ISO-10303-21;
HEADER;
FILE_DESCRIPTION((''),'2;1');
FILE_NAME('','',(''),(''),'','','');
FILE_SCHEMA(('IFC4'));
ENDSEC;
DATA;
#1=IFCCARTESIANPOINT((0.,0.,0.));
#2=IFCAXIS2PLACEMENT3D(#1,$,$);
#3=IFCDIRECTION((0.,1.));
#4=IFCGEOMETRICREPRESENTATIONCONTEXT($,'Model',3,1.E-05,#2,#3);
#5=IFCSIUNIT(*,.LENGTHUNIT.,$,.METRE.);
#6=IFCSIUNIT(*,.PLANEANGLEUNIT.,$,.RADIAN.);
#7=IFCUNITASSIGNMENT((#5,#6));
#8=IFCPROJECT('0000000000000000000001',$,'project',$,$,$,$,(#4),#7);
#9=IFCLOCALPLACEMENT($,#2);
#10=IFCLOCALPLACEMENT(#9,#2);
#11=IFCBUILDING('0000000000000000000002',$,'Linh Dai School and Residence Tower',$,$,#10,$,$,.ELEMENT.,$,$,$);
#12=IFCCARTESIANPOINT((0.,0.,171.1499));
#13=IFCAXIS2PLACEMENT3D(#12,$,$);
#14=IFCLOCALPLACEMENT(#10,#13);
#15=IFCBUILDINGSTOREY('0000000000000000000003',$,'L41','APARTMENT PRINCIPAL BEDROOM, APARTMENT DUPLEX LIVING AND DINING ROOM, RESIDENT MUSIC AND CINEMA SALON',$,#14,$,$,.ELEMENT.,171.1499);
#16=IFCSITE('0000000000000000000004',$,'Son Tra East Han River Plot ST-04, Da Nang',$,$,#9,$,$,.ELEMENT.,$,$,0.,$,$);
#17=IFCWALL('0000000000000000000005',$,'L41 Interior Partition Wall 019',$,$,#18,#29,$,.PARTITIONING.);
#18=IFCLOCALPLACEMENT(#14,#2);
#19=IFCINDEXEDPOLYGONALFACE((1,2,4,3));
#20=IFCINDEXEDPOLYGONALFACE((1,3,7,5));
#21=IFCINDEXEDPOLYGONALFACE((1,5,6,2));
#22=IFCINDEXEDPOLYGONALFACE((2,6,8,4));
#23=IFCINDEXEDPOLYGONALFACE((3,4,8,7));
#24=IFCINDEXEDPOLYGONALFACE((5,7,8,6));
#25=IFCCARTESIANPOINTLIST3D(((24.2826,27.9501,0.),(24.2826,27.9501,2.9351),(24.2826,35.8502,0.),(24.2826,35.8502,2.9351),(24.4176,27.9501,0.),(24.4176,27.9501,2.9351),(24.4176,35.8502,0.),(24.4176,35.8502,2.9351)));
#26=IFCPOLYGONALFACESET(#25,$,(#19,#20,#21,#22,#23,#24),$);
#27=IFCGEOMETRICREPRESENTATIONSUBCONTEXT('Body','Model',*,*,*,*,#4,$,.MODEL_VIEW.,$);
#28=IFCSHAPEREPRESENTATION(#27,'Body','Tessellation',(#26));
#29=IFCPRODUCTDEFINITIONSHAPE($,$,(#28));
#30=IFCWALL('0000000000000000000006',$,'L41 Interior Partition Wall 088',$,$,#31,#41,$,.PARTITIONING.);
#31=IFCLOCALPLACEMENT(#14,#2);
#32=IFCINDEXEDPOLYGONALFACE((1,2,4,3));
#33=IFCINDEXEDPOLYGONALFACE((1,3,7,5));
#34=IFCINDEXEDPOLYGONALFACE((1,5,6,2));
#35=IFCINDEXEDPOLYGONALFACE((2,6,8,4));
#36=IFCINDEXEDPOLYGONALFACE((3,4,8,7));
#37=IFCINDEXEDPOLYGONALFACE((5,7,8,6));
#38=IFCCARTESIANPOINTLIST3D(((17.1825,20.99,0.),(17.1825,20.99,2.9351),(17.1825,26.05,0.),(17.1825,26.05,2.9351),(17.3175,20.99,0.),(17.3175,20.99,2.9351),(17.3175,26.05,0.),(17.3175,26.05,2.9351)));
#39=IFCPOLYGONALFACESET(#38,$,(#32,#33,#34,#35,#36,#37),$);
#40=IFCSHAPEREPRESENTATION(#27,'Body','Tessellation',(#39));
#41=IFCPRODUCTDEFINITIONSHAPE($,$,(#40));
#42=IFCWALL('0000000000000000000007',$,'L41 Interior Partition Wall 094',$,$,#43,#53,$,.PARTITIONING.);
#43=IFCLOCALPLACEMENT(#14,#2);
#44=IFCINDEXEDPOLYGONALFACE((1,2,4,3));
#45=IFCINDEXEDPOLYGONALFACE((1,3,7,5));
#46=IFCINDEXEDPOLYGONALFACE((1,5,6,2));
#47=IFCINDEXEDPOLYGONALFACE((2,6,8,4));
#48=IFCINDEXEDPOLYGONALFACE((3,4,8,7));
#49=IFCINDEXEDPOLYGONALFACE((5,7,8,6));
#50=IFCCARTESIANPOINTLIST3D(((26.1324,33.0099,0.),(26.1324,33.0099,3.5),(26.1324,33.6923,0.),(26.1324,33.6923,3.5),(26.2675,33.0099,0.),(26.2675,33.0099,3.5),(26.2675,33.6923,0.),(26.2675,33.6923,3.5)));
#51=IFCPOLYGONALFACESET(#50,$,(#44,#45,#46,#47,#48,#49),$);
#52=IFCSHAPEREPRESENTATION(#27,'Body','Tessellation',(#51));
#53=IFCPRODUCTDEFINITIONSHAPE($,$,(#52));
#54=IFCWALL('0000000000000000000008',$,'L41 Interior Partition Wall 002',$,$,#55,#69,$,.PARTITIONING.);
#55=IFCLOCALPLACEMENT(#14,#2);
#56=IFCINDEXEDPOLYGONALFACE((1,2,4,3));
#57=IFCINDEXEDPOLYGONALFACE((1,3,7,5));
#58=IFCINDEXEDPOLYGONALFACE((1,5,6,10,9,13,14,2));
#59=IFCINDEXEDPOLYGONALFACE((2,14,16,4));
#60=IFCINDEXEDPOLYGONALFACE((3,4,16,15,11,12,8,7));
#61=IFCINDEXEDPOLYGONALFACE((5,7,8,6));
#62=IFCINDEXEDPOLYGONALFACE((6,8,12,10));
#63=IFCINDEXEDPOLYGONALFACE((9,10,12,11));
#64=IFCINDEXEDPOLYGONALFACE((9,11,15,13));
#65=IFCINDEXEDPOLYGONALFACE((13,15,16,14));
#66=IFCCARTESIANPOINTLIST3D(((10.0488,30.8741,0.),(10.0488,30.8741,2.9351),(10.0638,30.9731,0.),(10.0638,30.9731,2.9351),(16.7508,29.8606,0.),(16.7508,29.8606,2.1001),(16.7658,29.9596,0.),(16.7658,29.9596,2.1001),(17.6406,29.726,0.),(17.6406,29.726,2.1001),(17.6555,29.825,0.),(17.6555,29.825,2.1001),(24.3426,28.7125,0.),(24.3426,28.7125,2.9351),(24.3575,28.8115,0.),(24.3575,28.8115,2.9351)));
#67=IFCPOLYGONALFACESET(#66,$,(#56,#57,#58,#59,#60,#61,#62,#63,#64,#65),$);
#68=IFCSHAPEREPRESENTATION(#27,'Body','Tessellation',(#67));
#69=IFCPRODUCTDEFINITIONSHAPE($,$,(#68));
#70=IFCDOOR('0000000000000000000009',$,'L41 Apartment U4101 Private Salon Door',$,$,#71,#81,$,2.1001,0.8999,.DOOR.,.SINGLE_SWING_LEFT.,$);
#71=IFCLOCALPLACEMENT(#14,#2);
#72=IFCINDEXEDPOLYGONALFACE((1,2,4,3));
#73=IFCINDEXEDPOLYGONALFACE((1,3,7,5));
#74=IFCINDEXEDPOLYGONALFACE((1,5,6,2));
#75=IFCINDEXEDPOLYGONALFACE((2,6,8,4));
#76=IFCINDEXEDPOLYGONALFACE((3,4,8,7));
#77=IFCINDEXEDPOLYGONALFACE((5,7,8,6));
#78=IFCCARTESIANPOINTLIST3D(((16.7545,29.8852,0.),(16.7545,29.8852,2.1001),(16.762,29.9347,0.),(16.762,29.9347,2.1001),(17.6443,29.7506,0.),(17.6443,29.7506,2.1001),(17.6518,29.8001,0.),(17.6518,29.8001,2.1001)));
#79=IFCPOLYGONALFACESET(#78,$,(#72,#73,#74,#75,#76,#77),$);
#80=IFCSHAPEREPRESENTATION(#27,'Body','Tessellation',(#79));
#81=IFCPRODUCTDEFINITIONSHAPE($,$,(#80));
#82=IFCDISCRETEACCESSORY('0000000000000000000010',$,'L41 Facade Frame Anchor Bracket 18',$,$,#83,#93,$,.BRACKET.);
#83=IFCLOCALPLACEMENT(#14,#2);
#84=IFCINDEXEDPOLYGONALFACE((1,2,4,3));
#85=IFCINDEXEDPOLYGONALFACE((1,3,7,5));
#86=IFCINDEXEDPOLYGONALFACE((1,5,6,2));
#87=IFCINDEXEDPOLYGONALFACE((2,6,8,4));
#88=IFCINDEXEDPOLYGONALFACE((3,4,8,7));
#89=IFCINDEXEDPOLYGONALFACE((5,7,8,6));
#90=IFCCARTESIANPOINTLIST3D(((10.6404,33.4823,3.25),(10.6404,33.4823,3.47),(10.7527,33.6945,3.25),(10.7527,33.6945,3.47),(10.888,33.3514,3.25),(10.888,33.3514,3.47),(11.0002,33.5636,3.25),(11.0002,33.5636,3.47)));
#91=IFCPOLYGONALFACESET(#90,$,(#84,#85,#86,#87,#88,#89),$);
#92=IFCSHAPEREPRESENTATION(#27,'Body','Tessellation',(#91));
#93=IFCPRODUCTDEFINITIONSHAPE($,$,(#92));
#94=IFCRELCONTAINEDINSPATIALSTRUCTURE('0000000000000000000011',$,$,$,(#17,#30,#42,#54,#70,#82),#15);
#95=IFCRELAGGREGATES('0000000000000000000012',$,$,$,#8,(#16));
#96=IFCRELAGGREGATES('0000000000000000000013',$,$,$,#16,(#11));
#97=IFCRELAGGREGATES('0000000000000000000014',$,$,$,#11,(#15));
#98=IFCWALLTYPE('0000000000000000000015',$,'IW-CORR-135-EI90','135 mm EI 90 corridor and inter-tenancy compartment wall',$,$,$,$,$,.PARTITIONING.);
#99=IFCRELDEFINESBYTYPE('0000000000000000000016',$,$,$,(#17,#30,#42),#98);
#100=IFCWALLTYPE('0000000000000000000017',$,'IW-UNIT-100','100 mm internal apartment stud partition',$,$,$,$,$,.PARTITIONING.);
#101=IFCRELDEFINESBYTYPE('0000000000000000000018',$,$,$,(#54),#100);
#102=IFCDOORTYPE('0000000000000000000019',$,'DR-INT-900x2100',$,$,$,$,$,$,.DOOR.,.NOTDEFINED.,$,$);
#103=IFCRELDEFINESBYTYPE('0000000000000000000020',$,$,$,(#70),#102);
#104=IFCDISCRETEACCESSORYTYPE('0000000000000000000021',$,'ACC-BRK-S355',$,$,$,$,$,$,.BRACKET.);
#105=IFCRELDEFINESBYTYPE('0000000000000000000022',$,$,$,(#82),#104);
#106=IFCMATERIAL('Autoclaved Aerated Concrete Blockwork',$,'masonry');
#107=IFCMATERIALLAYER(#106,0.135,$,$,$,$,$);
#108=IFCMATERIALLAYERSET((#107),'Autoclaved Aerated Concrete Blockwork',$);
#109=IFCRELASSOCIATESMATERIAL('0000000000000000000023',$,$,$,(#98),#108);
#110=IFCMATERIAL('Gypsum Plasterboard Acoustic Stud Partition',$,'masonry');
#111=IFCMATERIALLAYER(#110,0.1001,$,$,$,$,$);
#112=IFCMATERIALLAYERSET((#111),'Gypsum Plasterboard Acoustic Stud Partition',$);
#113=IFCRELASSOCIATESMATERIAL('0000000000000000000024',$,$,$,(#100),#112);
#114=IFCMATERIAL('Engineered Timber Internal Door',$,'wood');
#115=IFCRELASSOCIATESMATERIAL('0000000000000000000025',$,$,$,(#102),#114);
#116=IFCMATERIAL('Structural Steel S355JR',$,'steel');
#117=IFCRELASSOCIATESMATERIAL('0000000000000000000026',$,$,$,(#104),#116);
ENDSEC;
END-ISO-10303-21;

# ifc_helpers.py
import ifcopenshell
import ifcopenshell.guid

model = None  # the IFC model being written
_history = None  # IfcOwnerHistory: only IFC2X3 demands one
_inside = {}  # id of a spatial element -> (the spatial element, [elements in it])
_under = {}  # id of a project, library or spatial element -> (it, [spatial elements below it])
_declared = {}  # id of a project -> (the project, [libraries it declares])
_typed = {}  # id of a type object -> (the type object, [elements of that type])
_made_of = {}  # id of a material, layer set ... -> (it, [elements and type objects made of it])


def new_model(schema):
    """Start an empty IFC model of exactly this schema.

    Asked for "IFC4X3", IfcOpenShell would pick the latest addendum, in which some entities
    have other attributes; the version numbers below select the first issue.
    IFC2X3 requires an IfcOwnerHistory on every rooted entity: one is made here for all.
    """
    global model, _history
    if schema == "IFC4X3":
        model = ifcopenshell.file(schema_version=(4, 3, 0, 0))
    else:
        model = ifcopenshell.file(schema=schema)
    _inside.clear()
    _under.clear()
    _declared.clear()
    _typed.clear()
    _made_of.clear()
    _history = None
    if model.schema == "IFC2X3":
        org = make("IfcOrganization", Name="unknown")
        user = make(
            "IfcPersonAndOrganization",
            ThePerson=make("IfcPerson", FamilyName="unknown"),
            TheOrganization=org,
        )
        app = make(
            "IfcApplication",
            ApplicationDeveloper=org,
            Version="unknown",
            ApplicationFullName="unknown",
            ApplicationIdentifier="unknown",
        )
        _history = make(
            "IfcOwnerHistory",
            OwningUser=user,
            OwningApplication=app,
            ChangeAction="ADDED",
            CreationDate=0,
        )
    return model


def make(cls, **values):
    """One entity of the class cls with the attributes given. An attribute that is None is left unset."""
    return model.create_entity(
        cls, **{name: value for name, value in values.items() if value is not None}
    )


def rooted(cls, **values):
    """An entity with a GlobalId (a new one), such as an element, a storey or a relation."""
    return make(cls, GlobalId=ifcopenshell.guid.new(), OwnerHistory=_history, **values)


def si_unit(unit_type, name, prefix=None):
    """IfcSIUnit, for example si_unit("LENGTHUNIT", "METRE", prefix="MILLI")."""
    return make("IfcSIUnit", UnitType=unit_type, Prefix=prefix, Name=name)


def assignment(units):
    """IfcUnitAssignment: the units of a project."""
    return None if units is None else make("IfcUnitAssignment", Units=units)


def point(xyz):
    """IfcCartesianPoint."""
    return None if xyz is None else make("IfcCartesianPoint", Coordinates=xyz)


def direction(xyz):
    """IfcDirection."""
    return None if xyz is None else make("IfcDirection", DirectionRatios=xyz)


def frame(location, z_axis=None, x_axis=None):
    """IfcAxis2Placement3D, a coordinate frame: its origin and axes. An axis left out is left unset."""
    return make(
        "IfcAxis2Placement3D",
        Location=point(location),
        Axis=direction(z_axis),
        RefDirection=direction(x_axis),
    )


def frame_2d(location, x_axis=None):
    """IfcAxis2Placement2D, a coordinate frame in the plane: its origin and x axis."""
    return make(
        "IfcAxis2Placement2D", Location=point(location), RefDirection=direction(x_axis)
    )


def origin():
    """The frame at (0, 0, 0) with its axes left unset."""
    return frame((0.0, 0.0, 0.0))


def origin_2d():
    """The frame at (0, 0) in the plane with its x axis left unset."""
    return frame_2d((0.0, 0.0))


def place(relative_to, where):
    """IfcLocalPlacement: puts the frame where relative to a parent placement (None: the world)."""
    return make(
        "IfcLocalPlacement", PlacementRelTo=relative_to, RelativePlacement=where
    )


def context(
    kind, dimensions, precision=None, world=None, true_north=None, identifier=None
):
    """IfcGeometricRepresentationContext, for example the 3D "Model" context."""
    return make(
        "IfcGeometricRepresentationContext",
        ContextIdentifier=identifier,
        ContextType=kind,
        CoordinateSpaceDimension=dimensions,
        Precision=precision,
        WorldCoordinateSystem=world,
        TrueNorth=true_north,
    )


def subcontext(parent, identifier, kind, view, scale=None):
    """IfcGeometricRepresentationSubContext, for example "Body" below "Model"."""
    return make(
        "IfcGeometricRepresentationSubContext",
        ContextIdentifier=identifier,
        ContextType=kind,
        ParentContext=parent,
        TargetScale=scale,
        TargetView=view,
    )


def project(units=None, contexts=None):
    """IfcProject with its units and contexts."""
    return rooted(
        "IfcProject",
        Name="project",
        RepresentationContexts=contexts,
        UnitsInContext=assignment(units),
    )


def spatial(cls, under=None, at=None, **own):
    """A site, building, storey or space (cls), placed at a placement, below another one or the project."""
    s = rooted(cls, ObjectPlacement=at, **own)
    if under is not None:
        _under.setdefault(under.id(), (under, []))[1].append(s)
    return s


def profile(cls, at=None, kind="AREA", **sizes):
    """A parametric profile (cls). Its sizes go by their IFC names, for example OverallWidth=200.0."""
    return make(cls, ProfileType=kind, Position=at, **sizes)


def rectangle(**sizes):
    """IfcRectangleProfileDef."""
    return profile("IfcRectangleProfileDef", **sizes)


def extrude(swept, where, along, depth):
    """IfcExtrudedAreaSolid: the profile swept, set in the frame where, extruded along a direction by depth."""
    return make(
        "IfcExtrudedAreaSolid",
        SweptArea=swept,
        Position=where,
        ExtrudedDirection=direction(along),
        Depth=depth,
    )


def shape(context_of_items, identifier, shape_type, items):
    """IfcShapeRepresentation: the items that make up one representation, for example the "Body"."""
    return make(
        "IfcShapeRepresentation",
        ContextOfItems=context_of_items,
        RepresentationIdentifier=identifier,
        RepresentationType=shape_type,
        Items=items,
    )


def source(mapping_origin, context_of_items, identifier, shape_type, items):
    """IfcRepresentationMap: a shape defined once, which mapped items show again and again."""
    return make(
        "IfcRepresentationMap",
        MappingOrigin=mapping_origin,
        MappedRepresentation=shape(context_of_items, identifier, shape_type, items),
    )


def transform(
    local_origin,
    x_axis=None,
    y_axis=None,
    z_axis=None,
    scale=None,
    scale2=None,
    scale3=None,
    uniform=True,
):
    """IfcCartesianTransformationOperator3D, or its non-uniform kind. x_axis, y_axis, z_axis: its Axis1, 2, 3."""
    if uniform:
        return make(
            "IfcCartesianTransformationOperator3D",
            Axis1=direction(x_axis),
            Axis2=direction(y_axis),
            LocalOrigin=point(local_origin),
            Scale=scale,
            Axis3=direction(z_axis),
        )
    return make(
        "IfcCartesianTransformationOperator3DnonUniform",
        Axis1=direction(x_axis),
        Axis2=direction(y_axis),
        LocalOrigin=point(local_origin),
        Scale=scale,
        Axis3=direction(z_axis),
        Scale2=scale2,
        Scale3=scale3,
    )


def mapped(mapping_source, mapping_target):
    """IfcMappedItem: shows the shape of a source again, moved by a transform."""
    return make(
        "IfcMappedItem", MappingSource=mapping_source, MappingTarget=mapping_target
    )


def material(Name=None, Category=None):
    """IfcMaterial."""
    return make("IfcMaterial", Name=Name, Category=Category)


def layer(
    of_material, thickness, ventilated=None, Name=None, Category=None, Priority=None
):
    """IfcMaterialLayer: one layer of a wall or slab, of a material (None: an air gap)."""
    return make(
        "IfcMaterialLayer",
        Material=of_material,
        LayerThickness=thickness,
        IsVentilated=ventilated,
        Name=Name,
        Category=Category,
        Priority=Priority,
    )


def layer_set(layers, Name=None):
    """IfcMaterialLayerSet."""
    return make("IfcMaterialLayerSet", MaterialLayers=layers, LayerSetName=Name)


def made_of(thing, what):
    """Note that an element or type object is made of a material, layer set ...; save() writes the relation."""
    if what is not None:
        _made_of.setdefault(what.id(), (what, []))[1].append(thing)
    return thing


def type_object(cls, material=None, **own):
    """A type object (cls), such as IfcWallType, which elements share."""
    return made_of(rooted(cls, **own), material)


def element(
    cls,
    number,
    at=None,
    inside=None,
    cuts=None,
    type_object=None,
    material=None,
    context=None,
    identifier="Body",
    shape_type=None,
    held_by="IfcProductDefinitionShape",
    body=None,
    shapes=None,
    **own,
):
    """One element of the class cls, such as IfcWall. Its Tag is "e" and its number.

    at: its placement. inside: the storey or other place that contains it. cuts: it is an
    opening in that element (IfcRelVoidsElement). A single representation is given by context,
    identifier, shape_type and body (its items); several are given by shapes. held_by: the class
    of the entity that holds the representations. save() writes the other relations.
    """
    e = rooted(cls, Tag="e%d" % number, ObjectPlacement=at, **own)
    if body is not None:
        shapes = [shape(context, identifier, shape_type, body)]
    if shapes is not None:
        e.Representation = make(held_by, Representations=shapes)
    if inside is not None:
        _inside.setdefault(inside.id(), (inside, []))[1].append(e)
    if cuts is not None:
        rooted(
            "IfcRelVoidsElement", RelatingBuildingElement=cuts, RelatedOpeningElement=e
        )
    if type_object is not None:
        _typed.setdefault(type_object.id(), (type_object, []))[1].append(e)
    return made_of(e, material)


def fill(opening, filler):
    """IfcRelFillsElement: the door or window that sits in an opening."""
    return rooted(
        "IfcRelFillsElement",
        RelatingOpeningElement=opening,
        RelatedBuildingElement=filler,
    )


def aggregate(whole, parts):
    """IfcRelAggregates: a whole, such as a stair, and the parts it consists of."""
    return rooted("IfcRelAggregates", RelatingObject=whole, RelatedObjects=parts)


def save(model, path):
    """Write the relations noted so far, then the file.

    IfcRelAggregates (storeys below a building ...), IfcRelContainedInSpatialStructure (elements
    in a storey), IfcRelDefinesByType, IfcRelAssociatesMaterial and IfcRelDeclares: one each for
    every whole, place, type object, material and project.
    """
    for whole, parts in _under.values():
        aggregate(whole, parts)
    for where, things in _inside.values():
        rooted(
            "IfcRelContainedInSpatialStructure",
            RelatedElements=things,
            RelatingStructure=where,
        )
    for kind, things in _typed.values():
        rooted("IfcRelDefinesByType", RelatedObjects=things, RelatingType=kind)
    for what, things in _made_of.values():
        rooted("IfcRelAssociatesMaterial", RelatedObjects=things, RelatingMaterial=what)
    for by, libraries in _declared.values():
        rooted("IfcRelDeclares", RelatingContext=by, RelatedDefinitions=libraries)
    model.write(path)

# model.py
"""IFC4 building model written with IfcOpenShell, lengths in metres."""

from ifc_helpers import new_model, si_unit, direction, frame, frame_2d, origin, origin_2d, place, context, subcontext, project, spatial, rectangle, extrude, source, transform, mapped, material, layer, layer_set, type_object, element, fill, save


model = new_model("IFC4")

# Units and contexts
model_context = context("Model", 3, precision=1e-05, world=origin(), true_north=direction((0.0, 1.0)))
body_context = subcontext(model_context, "Body", "Model", "MODEL_VIEW")
ifc_project = project(units=[si_unit("LENGTHUNIT", "METRE"), si_unit("PLANEANGLEUNIT", "RADIAN")], contexts=[model_context])

# Site, building, storey
site_placement = place(None, origin())
site = spatial("IfcSite", under=ifc_project, at=site_placement, Name="Son Tra East Han River Plot ST-04, Da Nang", CompositionType="ELEMENT", RefElevation=0.0)
building_placement = place(site_placement, origin())
building = spatial("IfcBuilding", under=site, at=building_placement, Name="Linh Dai School and Residence Tower", CompositionType="ELEMENT")
storey_placement = place(building_placement, frame((0.0, 0.0, 171.1499)))
storey = spatial("IfcBuildingStorey", under=building, at=storey_placement, Name="L41", Description="APARTMENT PRINCIPAL BEDROOM, APARTMENT DUPLEX LIVING AND DINING ROOM, RESIDENT MUSIC AND CINEMA SALON", CompositionType="ELEMENT", Elevation=171.1499)

# Shared definitions
ifc_material_1 = material(Name="Structural Steel S355JR", Category="steel")

# Walls
ifc_material_2 = material(Name="Autoclaved Aerated Concrete Blockwork", Category="masonry")
ifc_layer_1 = layer(ifc_material_2, 0.135)
ifc_layer_set_1 = layer_set([ifc_layer_1], Name="Autoclaved Aerated Concrete Blockwork")
wall_type_1 = type_object("IfcWallType", Name="IW-CORR-135-EI90", Description="135 mm EI 90 corridor and inter-tenancy compartment wall", PredefinedType="PARTITIONING", material=ifc_layer_set_1)
wall_1_placement = place(storey_placement, frame((24.3501, 27.95, 0.0), z_axis=(0.0, 0.0, 1.0), x_axis=(0.0, 1.0, 0.0)))
element("IfcWall", 1, at=wall_1_placement, inside=storey, type_object=wall_type_1, Name="L41 Interior Partition Wall 019", PredefinedType="PARTITIONING", context=body_context, shape_type="SweptSolid", body=[
    extrude(rectangle(XDim=7.9001, YDim=0.135, at=frame_2d((3.9502, 0.0))), origin(), (0.0, 0.0, 1.0), 2.9351),
])
wall_2_placement = place(storey_placement, frame((17.25, 26.05, 0.0), z_axis=(0.0, 0.0, 1.0), x_axis=(0.0, -1.0, 0.0)))
element("IfcWall", 2, at=wall_2_placement, inside=storey, type_object=wall_type_1, Name="L41 Interior Partition Wall 088", PredefinedType="PARTITIONING", context=body_context, shape_type="SweptSolid", body=[
    extrude(rectangle(XDim=5.0601, YDim=0.135, at=frame_2d((2.53, 0.0))), origin(), (0.0, 0.0, 1.0), 2.9351),
])
wall_3_placement = place(storey_placement, frame((26.2, 33.6924, 0.0), z_axis=(0.0, 0.0, 1.0), x_axis=(0.0, -1.0, 0.0)))
element("IfcWall", 3, at=wall_3_placement, inside=storey, type_object=wall_type_1, Name="L41 Interior Partition Wall 094", PredefinedType="PARTITIONING", context=body_context, shape_type="SweptSolid", body=[
    extrude(rectangle(XDim=0.6824, YDim=0.135, at=frame_2d((0.3413, 0.0))), origin(), (0.0, 0.0, 1.0), 3.5),
])

# Wall, opening, door
ifc_material_3 = material(Name="Gypsum Plasterboard Acoustic Stud Partition", Category="masonry")
ifc_layer_2 = layer(ifc_material_3, 0.1001)
ifc_layer_set_2 = layer_set([ifc_layer_2], Name="Gypsum Plasterboard Acoustic Stud Partition")
wall_type_2 = type_object("IfcWallType", Name="IW-UNIT-100", Description="100 mm internal apartment stud partition", PredefinedType="PARTITIONING", material=ifc_layer_set_2)
wall_4_placement = place(storey_placement, frame((10.0564, 30.9236, 0.0), z_axis=(0.0, 0.0, 1.0), x_axis=(0.988757, -0.149529, 0.0)))
wall_4 = element("IfcWall", 4, at=wall_4_placement, inside=storey, type_object=wall_type_2, Name="L41 Interior Partition Wall 002", PredefinedType="PARTITIONING", context=body_context, shape_type="SweptSolid", body=[
    extrude(rectangle(XDim=14.4563, YDim=0.1001, at=frame_2d((7.228, 0.0))), origin(), (0.0, 0.0, 1.0), 2.9351),
])
opening_1_placement = place(wall_4_placement, frame((6.7781, 0.0, 0.0)))
opening_1 = element("IfcOpeningElement", 5, at=opening_1_placement, cuts=wall_4, PredefinedType="OPENING", context=body_context, shape_type="SweptSolid", body=[
    extrude(rectangle(XDim=0.8999, YDim=2.1001, at=origin_2d()), frame((0.45, 0.0601, 1.05), z_axis=(0.0, -1.0, 0.0), x_axis=(1.0, 0.0, 0.0)), (0.0, 0.0, 1.0), 0.1201),
])
ifc_material_4 = material(Name="Engineered Timber Internal Door", Category="wood")
door_type = type_object("IfcDoorType", Name="DR-INT-900x2100", OperationType="NOTDEFINED", PredefinedType="DOOR", material=ifc_material_4)
shared_shape_1 = source(origin(), body_context, "Body", "SweptSolid", [
    extrude(rectangle(XDim=0.8999, YDim=2.1001, at=origin_2d()), frame((0.45, 0.0249, 1.05), z_axis=(0.0, -1.0, 0.0), x_axis=(1.0, 0.0, 0.0)), (0.0, 0.0, 1.0), 0.05),
])
door_placement = place(opening_1_placement, origin())
door = element("IfcDoor", 6, at=door_placement, inside=storey, type_object=door_type, Name="L41 Apartment U4101 Private Salon Door", OperationType="SINGLE_SWING_LEFT", OverallHeight=2.1001, OverallWidth=0.8999, PredefinedType="DOOR", context=body_context, shape_type="MappedRepresentation", body=[
    mapped(shared_shape_1, transform((0.0, 0.0, 0.0), x_axis=(1.0, 0.0, 0.0), y_axis=(0.0, 1.0, 0.0), z_axis=(0.0, 0.0, 1.0), scale=1.0)),
])
fill(opening_1, door)

# Discrete accessory
discrete_accessory_type = type_object("IfcDiscreteAccessoryType", Name="ACC-BRK-S355", PredefinedType="BRACKET", material=ifc_material_1)
shared_shape_2 = source(origin(), body_context, "Body", "SweptSolid", [
    extrude(rectangle(XDim=0.28, YDim=0.24, at=origin_2d()), origin(), (0.0, 0.0, 1.0), 0.22),
])
discrete_accessory_placement = place(storey_placement, frame((10.8203, 33.5229, 3.25), z_axis=(0.0, 0.0, 1.0), x_axis=(-0.883951, 0.46758, 0.0)))
element("IfcDiscreteAccessory", 7, at=discrete_accessory_placement, inside=storey, type_object=discrete_accessory_type, Name="L41 Facade Frame Anchor Bracket 18", PredefinedType="BRACKET", context=body_context, shape_type="MappedRepresentation", body=[
    mapped(shared_shape_2, transform((0.0, 0.0, 0.0), x_axis=(1.0, 0.0, 0.0), y_axis=(0.0, 1.0, 0.0), z_axis=(0.0, 0.0, 1.0), scale=1.0)),
])

save(model, "model.ifc")
